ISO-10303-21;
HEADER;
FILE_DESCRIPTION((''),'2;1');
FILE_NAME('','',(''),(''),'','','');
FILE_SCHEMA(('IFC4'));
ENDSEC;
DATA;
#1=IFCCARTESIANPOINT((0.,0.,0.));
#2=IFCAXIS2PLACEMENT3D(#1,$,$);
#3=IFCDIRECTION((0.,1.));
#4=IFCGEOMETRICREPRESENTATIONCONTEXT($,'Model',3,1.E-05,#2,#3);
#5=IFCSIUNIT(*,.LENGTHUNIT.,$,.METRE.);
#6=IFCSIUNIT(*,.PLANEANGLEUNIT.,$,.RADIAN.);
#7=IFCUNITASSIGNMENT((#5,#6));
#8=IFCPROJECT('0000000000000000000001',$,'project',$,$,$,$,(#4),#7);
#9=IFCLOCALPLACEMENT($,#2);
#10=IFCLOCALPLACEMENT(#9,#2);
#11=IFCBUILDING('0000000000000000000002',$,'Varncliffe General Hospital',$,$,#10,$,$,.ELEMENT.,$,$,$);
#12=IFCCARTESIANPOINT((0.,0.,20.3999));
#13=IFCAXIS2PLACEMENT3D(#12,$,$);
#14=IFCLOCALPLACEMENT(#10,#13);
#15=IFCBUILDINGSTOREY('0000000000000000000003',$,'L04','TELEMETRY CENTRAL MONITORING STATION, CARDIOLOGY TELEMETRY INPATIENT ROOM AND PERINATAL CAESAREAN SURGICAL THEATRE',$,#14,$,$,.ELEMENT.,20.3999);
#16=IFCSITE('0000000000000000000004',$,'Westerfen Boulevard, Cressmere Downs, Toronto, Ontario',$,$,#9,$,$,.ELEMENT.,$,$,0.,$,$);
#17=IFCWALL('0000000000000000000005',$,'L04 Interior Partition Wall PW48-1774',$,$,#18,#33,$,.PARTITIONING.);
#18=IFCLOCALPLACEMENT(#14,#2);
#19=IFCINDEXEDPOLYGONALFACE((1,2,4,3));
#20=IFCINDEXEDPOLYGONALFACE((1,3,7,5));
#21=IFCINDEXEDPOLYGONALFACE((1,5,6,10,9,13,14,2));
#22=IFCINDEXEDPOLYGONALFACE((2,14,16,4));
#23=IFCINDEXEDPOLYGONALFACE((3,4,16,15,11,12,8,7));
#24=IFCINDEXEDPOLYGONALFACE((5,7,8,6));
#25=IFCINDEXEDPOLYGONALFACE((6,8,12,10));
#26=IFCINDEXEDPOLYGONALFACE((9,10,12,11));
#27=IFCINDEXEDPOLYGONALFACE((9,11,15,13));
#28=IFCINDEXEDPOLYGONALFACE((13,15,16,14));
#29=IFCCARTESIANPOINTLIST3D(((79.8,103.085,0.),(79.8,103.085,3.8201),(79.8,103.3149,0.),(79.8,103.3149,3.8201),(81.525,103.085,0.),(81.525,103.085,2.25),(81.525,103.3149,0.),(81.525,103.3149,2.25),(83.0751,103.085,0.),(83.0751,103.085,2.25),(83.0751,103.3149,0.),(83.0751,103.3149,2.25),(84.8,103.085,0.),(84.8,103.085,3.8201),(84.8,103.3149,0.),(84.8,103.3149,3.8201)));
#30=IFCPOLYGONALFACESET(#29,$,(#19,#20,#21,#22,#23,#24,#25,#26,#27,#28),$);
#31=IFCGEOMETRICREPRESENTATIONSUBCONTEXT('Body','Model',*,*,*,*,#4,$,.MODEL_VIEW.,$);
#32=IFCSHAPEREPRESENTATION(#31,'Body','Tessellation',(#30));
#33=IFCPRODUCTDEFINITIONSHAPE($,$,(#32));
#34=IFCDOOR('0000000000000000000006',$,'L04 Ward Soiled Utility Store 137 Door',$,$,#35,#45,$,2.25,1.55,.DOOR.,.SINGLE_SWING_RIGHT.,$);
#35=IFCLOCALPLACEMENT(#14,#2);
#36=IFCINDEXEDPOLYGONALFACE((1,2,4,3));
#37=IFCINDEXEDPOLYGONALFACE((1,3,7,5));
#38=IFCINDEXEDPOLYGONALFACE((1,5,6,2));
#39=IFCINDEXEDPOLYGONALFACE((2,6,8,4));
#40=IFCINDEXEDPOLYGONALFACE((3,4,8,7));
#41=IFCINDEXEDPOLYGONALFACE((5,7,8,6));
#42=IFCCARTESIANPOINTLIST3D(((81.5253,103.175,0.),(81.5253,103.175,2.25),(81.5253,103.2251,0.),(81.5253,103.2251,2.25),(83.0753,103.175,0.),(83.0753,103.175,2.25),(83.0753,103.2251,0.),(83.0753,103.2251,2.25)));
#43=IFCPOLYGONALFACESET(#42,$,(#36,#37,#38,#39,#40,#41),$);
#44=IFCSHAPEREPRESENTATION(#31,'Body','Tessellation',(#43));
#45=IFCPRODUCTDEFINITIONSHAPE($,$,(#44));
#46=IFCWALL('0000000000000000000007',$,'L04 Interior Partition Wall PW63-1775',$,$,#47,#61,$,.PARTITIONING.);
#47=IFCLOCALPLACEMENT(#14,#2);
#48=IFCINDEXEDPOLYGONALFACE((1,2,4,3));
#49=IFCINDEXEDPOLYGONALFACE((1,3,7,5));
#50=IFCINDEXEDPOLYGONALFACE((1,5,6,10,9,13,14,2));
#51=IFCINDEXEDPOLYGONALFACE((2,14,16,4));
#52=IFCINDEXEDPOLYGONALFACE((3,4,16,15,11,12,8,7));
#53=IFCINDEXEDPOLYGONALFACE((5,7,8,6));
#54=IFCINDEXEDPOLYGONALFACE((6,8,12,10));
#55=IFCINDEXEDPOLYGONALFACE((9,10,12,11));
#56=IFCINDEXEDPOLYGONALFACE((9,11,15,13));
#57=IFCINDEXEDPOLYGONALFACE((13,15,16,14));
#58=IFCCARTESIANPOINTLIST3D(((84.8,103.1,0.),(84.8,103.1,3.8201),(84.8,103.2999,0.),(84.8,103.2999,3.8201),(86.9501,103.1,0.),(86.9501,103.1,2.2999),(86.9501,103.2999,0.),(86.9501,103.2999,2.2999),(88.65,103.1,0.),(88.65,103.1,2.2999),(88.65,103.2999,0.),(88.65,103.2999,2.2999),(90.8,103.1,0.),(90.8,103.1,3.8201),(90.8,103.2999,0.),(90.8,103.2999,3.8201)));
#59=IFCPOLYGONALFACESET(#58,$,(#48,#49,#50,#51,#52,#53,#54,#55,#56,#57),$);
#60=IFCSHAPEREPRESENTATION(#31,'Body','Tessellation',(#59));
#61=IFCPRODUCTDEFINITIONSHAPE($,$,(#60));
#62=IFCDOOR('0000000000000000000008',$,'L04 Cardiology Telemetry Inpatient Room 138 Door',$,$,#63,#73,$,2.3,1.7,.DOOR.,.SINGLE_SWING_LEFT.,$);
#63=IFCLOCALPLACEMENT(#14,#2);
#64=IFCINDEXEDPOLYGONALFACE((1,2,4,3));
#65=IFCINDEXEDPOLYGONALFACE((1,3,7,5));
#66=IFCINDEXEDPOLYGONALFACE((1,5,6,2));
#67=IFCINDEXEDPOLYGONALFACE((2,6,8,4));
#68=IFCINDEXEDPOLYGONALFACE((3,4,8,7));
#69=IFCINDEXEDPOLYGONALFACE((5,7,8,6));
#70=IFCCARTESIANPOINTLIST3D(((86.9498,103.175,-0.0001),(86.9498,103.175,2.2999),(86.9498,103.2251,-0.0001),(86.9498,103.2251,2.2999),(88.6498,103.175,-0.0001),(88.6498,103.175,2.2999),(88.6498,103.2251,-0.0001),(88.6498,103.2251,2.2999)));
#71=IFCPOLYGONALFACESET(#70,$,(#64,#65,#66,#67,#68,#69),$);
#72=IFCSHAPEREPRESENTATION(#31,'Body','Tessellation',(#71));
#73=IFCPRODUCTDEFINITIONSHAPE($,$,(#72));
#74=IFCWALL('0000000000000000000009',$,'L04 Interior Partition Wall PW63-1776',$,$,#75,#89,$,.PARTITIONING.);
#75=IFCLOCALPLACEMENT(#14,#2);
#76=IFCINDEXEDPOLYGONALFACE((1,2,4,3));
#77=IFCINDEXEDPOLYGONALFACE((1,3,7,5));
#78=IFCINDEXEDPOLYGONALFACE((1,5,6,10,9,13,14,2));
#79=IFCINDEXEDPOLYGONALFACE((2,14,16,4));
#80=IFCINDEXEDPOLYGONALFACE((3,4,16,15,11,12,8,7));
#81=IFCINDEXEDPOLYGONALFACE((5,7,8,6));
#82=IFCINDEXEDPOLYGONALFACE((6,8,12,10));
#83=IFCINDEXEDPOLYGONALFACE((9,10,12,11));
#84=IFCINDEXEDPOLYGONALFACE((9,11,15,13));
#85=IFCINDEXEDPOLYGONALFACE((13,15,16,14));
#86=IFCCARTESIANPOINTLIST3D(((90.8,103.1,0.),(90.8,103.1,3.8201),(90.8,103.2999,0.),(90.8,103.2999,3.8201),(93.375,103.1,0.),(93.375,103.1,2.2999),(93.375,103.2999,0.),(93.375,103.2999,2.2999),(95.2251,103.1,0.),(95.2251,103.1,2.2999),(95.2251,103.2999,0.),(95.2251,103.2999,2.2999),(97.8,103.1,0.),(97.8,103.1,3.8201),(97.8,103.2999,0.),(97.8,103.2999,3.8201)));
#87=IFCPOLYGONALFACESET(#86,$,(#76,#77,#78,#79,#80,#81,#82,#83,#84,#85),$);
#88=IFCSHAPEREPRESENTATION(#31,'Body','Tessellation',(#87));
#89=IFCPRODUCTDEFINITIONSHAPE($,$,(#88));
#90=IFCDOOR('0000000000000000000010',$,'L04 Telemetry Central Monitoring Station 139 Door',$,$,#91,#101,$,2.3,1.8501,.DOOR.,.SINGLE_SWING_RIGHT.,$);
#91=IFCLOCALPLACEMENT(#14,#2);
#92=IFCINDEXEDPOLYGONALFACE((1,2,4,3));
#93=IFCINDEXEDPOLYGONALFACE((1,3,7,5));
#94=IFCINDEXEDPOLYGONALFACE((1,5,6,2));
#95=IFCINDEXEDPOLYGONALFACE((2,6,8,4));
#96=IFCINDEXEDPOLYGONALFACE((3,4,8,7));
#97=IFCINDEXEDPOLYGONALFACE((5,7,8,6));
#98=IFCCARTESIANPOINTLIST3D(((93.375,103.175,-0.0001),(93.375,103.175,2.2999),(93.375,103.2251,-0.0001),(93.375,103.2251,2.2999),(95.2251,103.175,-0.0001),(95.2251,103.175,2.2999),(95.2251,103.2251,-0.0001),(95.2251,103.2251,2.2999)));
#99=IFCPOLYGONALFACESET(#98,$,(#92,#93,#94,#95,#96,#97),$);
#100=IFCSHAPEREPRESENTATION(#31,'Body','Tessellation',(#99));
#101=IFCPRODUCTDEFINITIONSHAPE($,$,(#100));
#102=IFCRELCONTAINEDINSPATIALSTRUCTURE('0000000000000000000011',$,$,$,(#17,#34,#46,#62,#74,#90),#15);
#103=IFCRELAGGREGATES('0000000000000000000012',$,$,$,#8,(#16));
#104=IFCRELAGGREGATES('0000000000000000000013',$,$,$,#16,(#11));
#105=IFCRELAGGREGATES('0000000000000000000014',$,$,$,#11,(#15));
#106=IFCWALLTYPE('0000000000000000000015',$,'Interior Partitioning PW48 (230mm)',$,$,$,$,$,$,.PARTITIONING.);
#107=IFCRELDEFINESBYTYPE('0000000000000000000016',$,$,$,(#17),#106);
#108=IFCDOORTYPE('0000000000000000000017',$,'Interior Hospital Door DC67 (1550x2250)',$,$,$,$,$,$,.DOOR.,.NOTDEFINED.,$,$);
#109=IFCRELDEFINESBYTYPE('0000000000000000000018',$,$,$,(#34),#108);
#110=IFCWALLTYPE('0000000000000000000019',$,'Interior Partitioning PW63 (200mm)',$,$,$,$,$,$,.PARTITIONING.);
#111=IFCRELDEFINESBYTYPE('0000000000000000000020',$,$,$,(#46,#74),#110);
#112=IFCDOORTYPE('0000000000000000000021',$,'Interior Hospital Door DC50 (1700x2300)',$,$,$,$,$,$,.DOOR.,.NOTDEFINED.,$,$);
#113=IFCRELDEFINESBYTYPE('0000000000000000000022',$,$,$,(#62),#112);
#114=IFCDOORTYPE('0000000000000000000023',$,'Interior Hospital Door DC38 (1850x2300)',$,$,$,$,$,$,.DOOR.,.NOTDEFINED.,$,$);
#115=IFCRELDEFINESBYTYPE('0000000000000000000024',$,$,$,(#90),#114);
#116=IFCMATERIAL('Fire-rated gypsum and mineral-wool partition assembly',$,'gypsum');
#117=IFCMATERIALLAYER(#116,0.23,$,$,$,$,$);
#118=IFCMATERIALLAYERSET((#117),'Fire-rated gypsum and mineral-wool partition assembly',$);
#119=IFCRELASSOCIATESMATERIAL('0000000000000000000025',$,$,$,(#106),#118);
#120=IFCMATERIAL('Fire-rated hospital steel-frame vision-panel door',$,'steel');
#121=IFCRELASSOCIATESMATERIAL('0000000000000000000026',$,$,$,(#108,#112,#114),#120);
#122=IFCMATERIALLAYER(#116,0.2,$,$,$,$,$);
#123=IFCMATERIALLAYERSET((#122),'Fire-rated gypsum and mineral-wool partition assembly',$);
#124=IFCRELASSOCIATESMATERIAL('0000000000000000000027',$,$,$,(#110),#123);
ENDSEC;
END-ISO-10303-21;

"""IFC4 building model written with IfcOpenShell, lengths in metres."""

from ifc_helpers import new_model, si_unit, direction, frame, frame_2d, origin, place, context, subcontext, project, spatial, rectangle, extrude, material, layer, layer_set, type_object, element, fill, save


model = new_model("IFC4")

# Units and contexts
model_context = context("Model", 3, precision=1e-05, world=origin(), true_north=direction((0.0, 1.0)))
body_context = subcontext(model_context, "Body", "Model", "MODEL_VIEW")
ifc_project = project(units=[si_unit("LENGTHUNIT", "METRE"), si_unit("PLANEANGLEUNIT", "RADIAN")], contexts=[model_context])

# Site, building, storey
site_placement = place(None, origin())
site = spatial("IfcSite", under=ifc_project, at=site_placement, Name="Westerfen Boulevard, Cressmere Downs, Toronto, Ontario", CompositionType="ELEMENT", RefElevation=0.0)
building_placement = place(site_placement, origin())
building = spatial("IfcBuilding", under=site, at=building_placement, Name="Varncliffe General Hospital", CompositionType="ELEMENT")
storey_placement = place(building_placement, frame((0.0, 0.0, 20.3999)))
storey = spatial("IfcBuildingStorey", under=building, at=storey_placement, Name="L04", Description="TELEMETRY CENTRAL MONITORING STATION, CARDIOLOGY TELEMETRY INPATIENT ROOM AND PERINATAL CAESAREAN SURGICAL THEATRE", CompositionType="ELEMENT", Elevation=20.3999)

# Walls, openings, doors
ifc_material_1 = material(Name="Fire-rated gypsum and mineral-wool partition assembly", Category="gypsum")
ifc_layer_1 = layer(ifc_material_1, 0.23)
ifc_layer_set_1 = layer_set([ifc_layer_1], Name="Fire-rated gypsum and mineral-wool partition assembly")
wall_type_1 = type_object("IfcWallType", Name="Interior Partitioning PW48 (230mm)", PredefinedType="PARTITIONING", material=ifc_layer_set_1)
wall_1_placement = place(storey_placement, frame((79.8, 103.2, 0.0), z_axis=(0.0, 0.0, 1.0), x_axis=(1.0, 0.0, 0.0)))
wall_1 = element("IfcWall", 1, at=wall_1_placement, inside=storey, type_object=wall_type_1, Name="L04 Interior Partition Wall PW48-1774", PredefinedType="PARTITIONING", context=body_context, shape_type="SweptSolid", body=[
    extrude(rectangle(XDim=5.0, YDim=0.23, at=frame_2d((2.5, 0.0))), origin(), (0.0, 0.0, 1.0), 3.8201),
])
opening_1_placement = place(wall_1_placement, frame((1.7251, 0.0, 0.0)))
opening_1 = element("IfcOpeningElement", 2, at=opening_1_placement, cuts=wall_1, PredefinedType="OPENING", context=body_context, shape_type="SweptSolid", body=[
    extrude(rectangle(XDim=1.55, YDim=2.25, at=frame_2d((0.7749, 1.125))), frame((0.0, 0.125, 0.0), z_axis=(0.0, -1.0, 0.0), x_axis=(1.0, 0.0, 0.0)), (0.0, 0.0, 1.0), 0.25),
])
ifc_material_2 = material(Name="Fire-rated hospital steel-frame vision-panel door", Category="steel")
door_type_1 = type_object("IfcDoorType", Name="Interior Hospital Door DC67 (1550x2250)", OperationType="NOTDEFINED", PredefinedType="DOOR", material=ifc_material_2)
door_1_placement = place(opening_1_placement, frame((1.55, 0.0, 0.0), z_axis=(0.0, 0.0, 1.0), x_axis=(-1.0, 0.0, 0.0)))
door_1 = element("IfcDoor", 3, at=door_1_placement, inside=storey, type_object=door_type_1, Name="L04 Ward Soiled Utility Store 137 Door", OperationType="SINGLE_SWING_RIGHT", OverallHeight=2.25, OverallWidth=1.55, PredefinedType="DOOR", context=body_context, shape_type="SweptSolid", body=[
    extrude(rectangle(XDim=1.55, YDim=2.25, at=frame_2d((0.7749, 1.125))), frame((0.0, 0.0249, 0.0), z_axis=(0.0, -1.0, 0.0), x_axis=(1.0, 0.0, 0.0)), (0.0, 0.0, 1.0), 0.05),
])
fill(opening_1, door_1)
ifc_layer_2 = layer(ifc_material_1, 0.2)
ifc_layer_set_2 = layer_set([ifc_layer_2], Name="Fire-rated gypsum and mineral-wool partition assembly")
wall_type_2 = type_object("IfcWallType", Name="Interior Partitioning PW63 (200mm)", PredefinedType="PARTITIONING", material=ifc_layer_set_2)
wall_2_placement = place(storey_placement, frame((84.8, 103.2, 0.0), z_axis=(0.0, 0.0, 1.0), x_axis=(1.0, 0.0, 0.0)))
wall_2 = element("IfcWall", 4, at=wall_2_placement, inside=storey, type_object=wall_type_2, Name="L04 Interior Partition Wall PW63-1775", PredefinedType="PARTITIONING", context=body_context, shape_type="SweptSolid", body=[
    extrude(rectangle(XDim=6.0, YDim=0.2, at=frame_2d((3.0, 0.0))), origin(), (0.0, 0.0, 1.0), 3.8201),
])
opening_2_placement = place(wall_2_placement, frame((2.1499, 0.0, 0.0)))
opening_2 = element("IfcOpeningElement", 5, at=opening_2_placement, cuts=wall_2, PredefinedType="OPENING", context=body_context, shape_type="SweptSolid", body=[
    extrude(rectangle(XDim=1.7, YDim=2.3, at=frame_2d((0.8501, 1.1499))), frame((0.0, 0.1099, 0.0), z_axis=(0.0, -1.0, 0.0), x_axis=(1.0, 0.0, 0.0)), (0.0, 0.0, 1.0), 0.22),
])
door_type_2 = type_object("IfcDoorType", Name="Interior Hospital Door DC50 (1700x2300)", OperationType="NOTDEFINED", PredefinedType="DOOR", material=ifc_material_2)
door_2_placement = place(opening_2_placement, frame((1.7, 0.0, 0.0), z_axis=(0.0, 0.0, 1.0), x_axis=(-1.0, 0.0, 0.0)))
door_2 = element("IfcDoor", 6, at=door_2_placement, inside=storey, type_object=door_type_2, Name="L04 Cardiology Telemetry Inpatient Room 138 Door", OperationType="SINGLE_SWING_LEFT", OverallHeight=2.3, OverallWidth=1.7, PredefinedType="DOOR", context=body_context, shape_type="SweptSolid", body=[
    extrude(rectangle(XDim=1.7, YDim=2.3, at=frame_2d((0.8501, 1.1499))), frame((0.0, 0.0249, 0.0), z_axis=(0.0, -1.0, 0.0), x_axis=(1.0, 0.0, 0.0)), (0.0, 0.0, 1.0), 0.05),
])
fill(opening_2, door_2)
wall_3_placement = place(storey_placement, frame((90.8, 103.2, 0.0), z_axis=(0.0, 0.0, 1.0), x_axis=(1.0, 0.0, 0.0)))
wall_3 = element("IfcWall", 7, at=wall_3_placement, inside=storey, type_object=wall_type_2, Name="L04 Interior Partition Wall PW63-1776", PredefinedType="PARTITIONING", context=body_context, shape_type="SweptSolid", body=[
    extrude(rectangle(XDim=7.0, YDim=0.2, at=frame_2d((3.5, 0.0))), origin(), (0.0, 0.0, 1.0), 3.8201),
])
opening_3_placement = place(wall_3_placement, frame((2.575, 0.0, 0.0)))
opening_3 = element("IfcOpeningElement", 8, at=opening_3_placement, cuts=wall_3, PredefinedType="OPENING", context=body_context, shape_type="SweptSolid", body=[
    extrude(rectangle(XDim=1.8501, YDim=2.3, at=frame_2d((0.925, 1.1499))), frame((0.0, 0.1099, 0.0), z_axis=(0.0, -1.0, 0.0), x_axis=(1.0, 0.0, 0.0)), (0.0, 0.0, 1.0), 0.22),
])
door_type_3 = type_object("IfcDoorType", Name="Interior Hospital Door DC38 (1850x2300)", OperationType="NOTDEFINED", PredefinedType="DOOR", material=ifc_material_2)
door_3_placement = place(opening_3_placement, frame((1.8501, 0.0, 0.0), z_axis=(0.0, 0.0, 1.0), x_axis=(-1.0, 0.0, 0.0)))
door_3 = element("IfcDoor", 9, at=door_3_placement, inside=storey, type_object=door_type_3, Name="L04 Telemetry Central Monitoring Station 139 Door", OperationType="SINGLE_SWING_RIGHT", OverallHeight=2.3, OverallWidth=1.8501, PredefinedType="DOOR", context=body_context, shape_type="SweptSolid", body=[
    extrude(rectangle(XDim=1.8501, YDim=2.3, at=frame_2d((0.925, 1.1499))), frame((0.0, 0.0249, 0.0), z_axis=(0.0, -1.0, 0.0), x_axis=(1.0, 0.0, 0.0)), (0.0, 0.0, 1.0), 0.05),
])
fill(opening_3, door_3)

save(model, "model.ifc")
